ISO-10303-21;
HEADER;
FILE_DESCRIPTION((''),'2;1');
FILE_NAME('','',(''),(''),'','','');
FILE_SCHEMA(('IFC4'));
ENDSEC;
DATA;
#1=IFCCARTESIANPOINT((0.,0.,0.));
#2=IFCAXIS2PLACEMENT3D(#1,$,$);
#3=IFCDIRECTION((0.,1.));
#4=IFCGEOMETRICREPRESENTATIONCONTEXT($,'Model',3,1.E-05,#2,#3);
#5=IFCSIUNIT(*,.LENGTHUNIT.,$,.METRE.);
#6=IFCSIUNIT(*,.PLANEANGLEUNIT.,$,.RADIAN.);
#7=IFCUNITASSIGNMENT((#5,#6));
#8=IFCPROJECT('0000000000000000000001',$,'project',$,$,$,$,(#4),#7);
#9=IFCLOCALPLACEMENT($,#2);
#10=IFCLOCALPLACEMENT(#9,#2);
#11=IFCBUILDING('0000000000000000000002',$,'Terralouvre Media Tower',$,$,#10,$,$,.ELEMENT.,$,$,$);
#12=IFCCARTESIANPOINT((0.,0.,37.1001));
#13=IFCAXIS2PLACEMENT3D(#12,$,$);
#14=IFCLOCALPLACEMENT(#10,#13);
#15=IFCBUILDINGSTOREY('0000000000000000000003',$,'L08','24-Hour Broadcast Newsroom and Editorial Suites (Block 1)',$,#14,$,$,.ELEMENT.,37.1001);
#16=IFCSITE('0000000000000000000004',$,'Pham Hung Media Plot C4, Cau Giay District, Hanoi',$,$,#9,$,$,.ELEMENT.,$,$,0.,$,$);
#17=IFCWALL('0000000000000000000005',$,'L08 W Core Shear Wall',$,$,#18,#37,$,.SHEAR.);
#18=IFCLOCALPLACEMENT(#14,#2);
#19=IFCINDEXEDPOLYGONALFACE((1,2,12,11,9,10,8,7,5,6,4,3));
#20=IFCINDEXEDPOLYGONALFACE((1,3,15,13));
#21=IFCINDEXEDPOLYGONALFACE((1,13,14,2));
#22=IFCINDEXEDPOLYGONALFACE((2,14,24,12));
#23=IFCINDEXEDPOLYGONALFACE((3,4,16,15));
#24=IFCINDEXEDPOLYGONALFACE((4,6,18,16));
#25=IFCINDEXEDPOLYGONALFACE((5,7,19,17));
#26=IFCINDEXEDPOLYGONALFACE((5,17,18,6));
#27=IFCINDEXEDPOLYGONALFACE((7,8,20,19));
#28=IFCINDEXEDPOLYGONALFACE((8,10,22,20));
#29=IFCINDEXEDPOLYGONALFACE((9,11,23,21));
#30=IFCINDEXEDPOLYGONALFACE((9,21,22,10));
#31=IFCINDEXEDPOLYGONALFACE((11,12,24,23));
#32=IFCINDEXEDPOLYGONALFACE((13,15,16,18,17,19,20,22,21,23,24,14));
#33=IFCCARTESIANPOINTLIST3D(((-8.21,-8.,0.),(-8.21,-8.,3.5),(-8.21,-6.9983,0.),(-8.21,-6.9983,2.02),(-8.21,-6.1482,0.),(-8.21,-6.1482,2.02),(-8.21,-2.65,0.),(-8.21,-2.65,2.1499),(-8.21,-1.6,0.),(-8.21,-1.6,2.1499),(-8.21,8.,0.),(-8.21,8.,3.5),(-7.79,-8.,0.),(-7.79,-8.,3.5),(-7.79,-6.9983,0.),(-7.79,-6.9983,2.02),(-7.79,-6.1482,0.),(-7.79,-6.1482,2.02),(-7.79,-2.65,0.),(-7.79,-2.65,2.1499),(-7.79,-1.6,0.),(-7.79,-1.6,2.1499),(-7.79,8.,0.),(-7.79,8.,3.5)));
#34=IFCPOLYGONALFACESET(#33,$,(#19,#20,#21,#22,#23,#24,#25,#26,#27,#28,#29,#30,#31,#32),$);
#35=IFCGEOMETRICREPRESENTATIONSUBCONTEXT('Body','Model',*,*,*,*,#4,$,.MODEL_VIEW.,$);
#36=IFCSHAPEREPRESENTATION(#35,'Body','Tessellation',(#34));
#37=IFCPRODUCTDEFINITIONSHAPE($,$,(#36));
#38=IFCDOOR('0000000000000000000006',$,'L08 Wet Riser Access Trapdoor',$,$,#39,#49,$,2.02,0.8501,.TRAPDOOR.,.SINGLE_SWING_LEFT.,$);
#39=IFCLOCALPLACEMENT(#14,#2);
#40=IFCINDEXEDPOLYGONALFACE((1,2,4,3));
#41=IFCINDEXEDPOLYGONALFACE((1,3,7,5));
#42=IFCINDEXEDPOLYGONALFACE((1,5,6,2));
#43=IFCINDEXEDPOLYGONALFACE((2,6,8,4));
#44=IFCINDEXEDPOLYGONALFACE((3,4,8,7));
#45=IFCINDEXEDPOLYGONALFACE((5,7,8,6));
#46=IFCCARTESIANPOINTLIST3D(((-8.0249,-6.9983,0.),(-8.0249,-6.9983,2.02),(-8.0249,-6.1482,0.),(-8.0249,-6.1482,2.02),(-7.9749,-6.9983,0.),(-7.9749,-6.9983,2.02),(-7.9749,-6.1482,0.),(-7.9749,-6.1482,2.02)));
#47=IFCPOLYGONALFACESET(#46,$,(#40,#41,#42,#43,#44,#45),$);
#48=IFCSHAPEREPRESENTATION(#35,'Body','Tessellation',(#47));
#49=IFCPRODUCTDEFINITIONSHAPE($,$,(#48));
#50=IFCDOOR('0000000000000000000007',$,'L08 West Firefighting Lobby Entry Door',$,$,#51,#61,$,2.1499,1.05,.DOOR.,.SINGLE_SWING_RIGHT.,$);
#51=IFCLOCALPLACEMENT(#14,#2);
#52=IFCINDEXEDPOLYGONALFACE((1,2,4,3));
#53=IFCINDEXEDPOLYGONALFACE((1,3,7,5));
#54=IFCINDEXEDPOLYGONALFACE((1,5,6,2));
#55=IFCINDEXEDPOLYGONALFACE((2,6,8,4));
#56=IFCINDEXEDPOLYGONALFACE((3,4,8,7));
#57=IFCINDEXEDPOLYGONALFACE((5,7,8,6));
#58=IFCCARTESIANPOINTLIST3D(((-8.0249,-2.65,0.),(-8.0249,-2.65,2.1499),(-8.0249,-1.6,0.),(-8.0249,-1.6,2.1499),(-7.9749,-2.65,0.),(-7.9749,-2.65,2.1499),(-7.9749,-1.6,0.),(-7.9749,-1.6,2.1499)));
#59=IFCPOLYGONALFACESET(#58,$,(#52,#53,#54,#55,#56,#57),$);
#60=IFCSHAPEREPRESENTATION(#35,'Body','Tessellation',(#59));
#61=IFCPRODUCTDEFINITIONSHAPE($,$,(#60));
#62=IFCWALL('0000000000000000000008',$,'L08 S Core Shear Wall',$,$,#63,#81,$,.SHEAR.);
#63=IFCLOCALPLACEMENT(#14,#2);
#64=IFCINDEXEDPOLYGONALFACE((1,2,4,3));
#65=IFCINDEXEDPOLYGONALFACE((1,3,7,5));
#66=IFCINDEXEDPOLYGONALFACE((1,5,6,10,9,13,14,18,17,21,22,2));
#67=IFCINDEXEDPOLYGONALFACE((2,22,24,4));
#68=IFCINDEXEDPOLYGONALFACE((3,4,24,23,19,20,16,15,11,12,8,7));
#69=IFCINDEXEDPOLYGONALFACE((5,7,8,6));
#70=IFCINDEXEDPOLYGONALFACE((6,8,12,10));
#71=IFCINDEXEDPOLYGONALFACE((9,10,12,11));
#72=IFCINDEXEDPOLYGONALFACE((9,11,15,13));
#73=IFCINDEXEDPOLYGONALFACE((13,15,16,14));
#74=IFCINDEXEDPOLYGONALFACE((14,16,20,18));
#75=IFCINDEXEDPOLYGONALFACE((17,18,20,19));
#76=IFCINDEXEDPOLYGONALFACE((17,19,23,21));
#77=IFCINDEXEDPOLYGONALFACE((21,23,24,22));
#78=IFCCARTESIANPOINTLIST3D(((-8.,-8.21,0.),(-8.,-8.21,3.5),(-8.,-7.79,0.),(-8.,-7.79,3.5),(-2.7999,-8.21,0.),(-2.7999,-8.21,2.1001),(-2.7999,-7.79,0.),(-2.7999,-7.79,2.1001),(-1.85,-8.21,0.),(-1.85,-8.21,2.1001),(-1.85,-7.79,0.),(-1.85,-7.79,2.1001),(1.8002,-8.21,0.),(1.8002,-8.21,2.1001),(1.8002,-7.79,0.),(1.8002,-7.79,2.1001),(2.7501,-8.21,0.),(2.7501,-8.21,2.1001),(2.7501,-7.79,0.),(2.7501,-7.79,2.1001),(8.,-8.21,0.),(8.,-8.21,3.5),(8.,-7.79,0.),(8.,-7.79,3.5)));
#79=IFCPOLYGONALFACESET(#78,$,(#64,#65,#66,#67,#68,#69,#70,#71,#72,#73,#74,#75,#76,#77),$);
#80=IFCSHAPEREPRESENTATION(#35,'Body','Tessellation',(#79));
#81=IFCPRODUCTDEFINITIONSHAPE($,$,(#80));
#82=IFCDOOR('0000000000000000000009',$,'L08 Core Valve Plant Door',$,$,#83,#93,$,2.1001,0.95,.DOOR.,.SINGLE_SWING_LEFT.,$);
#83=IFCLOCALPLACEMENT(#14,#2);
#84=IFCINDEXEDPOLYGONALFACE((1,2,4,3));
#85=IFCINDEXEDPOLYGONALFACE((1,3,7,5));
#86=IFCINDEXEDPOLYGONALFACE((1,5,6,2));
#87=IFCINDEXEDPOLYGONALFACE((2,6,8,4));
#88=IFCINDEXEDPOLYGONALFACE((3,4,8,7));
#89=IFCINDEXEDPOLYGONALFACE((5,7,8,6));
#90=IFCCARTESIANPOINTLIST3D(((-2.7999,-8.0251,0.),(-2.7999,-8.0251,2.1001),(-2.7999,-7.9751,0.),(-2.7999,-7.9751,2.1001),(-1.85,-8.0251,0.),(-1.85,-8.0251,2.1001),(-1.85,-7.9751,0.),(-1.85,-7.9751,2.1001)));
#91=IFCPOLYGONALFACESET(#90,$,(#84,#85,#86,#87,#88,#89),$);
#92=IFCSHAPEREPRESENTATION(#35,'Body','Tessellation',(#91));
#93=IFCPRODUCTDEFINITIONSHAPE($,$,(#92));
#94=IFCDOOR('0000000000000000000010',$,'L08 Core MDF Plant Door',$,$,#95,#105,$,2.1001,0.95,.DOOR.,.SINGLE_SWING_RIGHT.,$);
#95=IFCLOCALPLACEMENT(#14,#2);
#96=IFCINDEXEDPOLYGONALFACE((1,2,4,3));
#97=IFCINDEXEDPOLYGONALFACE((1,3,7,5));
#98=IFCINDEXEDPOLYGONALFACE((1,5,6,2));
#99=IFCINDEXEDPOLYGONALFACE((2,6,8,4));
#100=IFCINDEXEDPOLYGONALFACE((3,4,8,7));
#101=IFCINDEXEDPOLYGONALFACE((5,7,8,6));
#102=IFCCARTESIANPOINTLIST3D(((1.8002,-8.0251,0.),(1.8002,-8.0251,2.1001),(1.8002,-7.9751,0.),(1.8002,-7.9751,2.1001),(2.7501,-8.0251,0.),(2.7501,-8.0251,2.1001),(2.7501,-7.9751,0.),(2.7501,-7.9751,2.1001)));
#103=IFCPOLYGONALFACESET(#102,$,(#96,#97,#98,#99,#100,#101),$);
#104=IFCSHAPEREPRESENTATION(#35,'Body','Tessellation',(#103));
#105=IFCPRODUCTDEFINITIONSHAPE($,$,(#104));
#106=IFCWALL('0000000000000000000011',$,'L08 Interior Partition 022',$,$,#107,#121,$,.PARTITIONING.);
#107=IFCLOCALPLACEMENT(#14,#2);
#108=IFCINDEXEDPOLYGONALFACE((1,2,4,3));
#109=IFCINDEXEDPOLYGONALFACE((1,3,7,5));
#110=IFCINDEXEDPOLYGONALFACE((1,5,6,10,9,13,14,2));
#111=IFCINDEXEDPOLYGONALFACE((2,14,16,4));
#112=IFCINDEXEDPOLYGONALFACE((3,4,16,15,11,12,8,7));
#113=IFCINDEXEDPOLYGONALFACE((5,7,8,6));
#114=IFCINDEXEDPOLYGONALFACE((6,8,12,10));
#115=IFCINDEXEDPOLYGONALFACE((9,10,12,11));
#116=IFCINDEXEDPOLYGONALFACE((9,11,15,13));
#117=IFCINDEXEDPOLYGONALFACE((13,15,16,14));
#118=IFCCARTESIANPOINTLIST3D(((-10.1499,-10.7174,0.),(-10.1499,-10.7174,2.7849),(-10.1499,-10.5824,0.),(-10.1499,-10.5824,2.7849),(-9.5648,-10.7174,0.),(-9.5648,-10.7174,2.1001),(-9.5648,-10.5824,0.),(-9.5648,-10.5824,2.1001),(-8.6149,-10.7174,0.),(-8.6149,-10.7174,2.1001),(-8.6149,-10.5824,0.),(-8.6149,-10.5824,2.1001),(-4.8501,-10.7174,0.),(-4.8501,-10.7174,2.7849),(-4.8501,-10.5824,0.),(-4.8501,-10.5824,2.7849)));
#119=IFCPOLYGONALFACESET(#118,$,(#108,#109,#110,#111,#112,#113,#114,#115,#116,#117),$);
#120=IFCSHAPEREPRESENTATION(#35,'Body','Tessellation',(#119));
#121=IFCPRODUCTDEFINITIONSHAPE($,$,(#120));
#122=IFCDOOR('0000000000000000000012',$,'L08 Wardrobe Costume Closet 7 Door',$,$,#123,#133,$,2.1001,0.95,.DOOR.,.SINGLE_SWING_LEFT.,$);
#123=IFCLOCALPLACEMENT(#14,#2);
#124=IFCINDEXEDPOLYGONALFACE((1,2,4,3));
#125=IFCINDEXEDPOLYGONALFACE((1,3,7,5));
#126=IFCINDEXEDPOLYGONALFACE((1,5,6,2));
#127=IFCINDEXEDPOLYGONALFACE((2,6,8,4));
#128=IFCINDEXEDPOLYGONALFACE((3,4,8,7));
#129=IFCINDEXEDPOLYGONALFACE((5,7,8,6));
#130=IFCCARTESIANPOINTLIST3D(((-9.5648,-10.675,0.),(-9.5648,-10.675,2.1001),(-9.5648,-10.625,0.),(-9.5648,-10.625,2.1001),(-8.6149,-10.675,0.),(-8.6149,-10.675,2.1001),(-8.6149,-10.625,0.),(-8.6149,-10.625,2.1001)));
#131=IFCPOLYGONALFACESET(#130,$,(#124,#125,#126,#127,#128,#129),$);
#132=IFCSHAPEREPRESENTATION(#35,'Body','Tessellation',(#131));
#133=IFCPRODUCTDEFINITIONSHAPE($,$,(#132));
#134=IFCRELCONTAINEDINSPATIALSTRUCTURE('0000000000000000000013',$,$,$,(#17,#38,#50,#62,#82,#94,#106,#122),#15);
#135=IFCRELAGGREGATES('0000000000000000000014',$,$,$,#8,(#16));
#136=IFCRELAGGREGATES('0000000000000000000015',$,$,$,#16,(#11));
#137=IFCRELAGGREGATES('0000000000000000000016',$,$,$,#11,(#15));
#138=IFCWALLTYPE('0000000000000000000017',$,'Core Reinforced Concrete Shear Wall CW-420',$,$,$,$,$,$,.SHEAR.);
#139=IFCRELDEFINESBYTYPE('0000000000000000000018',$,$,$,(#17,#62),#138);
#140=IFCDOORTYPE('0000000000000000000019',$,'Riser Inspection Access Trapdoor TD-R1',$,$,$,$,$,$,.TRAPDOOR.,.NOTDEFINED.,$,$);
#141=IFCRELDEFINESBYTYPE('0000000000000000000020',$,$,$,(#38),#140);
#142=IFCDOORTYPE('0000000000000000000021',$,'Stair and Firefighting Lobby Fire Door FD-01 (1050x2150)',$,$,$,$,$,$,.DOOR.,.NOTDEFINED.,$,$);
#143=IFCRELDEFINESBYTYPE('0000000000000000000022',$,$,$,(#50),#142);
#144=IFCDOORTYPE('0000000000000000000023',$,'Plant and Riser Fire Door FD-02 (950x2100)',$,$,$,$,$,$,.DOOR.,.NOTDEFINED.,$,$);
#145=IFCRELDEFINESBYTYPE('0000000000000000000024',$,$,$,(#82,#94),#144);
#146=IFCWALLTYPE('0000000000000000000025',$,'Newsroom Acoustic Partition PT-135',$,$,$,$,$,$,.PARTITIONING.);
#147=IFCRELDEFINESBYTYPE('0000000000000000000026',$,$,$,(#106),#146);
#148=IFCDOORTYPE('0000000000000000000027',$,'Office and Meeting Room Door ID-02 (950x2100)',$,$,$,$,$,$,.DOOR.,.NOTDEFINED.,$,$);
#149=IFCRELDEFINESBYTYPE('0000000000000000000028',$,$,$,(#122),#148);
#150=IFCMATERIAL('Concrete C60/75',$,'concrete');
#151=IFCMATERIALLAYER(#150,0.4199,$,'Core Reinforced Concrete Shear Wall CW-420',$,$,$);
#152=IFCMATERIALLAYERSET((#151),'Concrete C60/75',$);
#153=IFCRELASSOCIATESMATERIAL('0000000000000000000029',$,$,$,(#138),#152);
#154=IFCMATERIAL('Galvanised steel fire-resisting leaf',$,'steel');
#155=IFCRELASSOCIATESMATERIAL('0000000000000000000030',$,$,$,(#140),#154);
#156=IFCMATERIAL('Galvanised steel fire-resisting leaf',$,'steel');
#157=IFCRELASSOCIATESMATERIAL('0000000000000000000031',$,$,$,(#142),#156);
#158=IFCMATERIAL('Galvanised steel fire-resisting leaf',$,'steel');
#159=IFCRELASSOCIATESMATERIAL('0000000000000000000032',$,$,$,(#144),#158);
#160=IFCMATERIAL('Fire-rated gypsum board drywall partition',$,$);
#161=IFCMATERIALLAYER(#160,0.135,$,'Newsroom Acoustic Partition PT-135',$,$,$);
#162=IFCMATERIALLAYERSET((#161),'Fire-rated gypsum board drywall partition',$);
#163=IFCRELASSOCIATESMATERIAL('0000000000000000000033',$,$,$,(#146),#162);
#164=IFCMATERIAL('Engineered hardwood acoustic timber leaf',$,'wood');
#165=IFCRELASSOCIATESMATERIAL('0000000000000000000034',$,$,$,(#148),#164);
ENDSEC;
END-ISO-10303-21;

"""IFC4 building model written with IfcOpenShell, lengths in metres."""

from ifc_helpers import new_model, si_unit, direction, frame, frame_2d, origin, place, context, subcontext, project, spatial, rectangle, extrude, material, layer, layer_set, type_object, element, fill, save


model = new_model("IFC4")

# Units and contexts
model_context = context("Model", 3, precision=1e-05, world=origin(), true_north=direction((0.0, 1.0)))
body_context = subcontext(model_context, "Body", "Model", "MODEL_VIEW")
ifc_project = project(units=[si_unit("LENGTHUNIT", "METRE"), si_unit("PLANEANGLEUNIT", "RADIAN")], contexts=[model_context])

# Site, building, storey
site_placement = place(None, origin())
site = spatial("IfcSite", under=ifc_project, at=site_placement, Name="Pham Hung Media Plot C4, Cau Giay District, Hanoi", CompositionType="ELEMENT", RefElevation=0.0)
building_placement = place(site_placement, origin())
building = spatial("IfcBuilding", under=site, at=building_placement, Name="Terralouvre Media Tower", CompositionType="ELEMENT")
storey_placement = place(building_placement, frame((0.0, 0.0, 37.1001)))
storey = spatial("IfcBuildingStorey", under=building, at=storey_placement, Name="L08", Description="24-Hour Broadcast Newsroom and Editorial Suites (Block 1)", CompositionType="ELEMENT", Elevation=37.1001)

# Walls, openings, doors
ifc_material_1 = material(Name="Concrete C60/75", Category="concrete")
ifc_layer_1 = layer(ifc_material_1, 0.4199, Name="Core Reinforced Concrete Shear Wall CW-420")
ifc_layer_set_1 = layer_set([ifc_layer_1], Name="Concrete C60/75")
wall_type_1 = type_object("IfcWallType", Name="Core Reinforced Concrete Shear Wall CW-420", PredefinedType="SHEAR", material=ifc_layer_set_1)
wall_1_placement = place(storey_placement, frame((-8.0, -8.0, 0.0), z_axis=(0.0, 0.0, 1.0), x_axis=(0.0, 1.0, 0.0)))
wall_1 = element("IfcWall", 1, at=wall_1_placement, inside=storey, type_object=wall_type_1, Name="L08 W Core Shear Wall", PredefinedType="SHEAR", context=body_context, shape_type="SweptSolid", body=[
    extrude(rectangle(XDim=16.0, YDim=0.4199, at=frame_2d((8.0, 0.0))), origin(), (0.0, 0.0, 1.0), 3.5),
])
opening_1_placement = place(wall_1_placement, frame((1.0017, 0.0, 0.0)))
opening_1 = element("IfcOpeningElement", 2, at=opening_1_placement, cuts=wall_1, PredefinedType="OPENING", context=body_context, shape_type="SweptSolid", body=[
    extrude(rectangle(XDim=0.8501, YDim=2.02, at=frame_2d((0.425, 1.01))), frame((0.0, 0.22, 0.0), z_axis=(0.0, -1.0, 0.0), x_axis=(1.0, 0.0, 0.0)), (0.0, 0.0, 1.0), 0.4399),
])
opening_2_placement = place(wall_1_placement, frame((5.3501, 0.0, 0.0)))
opening_2 = element("IfcOpeningElement", 3, at=opening_2_placement, cuts=wall_1, PredefinedType="OPENING", context=body_context, shape_type="SweptSolid", body=[
    extrude(rectangle(XDim=1.05, YDim=2.1499, at=frame_2d((0.5249, 1.075))), frame((0.0, 0.22, 0.0), z_axis=(0.0, -1.0, 0.0), x_axis=(1.0, 0.0, 0.0)), (0.0, 0.0, 1.0), 0.4399),
])
ifc_material_2 = material(Name="Galvanised steel fire-resisting leaf", Category="steel")
door_type_1 = type_object("IfcDoorType", Name="Riser Inspection Access Trapdoor TD-R1", OperationType="NOTDEFINED", PredefinedType="TRAPDOOR", material=ifc_material_2)
door_1_placement = place(opening_1_placement, origin())
door_1 = element("IfcDoor", 4, at=door_1_placement, inside=storey, type_object=door_type_1, Name="L08 Wet Riser Access Trapdoor", OperationType="SINGLE_SWING_LEFT", OverallHeight=2.02, OverallWidth=0.8501, PredefinedType="TRAPDOOR", context=body_context, shape_type="SweptSolid", body=[
    extrude(rectangle(XDim=0.8501, YDim=2.02, at=frame_2d((0.425, 1.01))), frame((0.0, 0.0249, 0.0), z_axis=(0.0, -1.0, 0.0), x_axis=(1.0, 0.0, 0.0)), (0.0, 0.0, 1.0), 0.05),
])
fill(opening_1, door_1)
ifc_material_3 = material(Name="Galvanised steel fire-resisting leaf", Category="steel")
door_type_2 = type_object("IfcDoorType", Name="Stair and Firefighting Lobby Fire Door FD-01 (1050x2150)", OperationType="NOTDEFINED", PredefinedType="DOOR", material=ifc_material_3)
door_2_placement = place(opening_2_placement, origin())
door_2 = element("IfcDoor", 5, at=door_2_placement, inside=storey, type_object=door_type_2, Name="L08 West Firefighting Lobby Entry Door", OperationType="SINGLE_SWING_RIGHT", OverallHeight=2.1499, OverallWidth=1.05, PredefinedType="DOOR", context=body_context, shape_type="SweptSolid", body=[
    extrude(rectangle(XDim=1.05, YDim=2.1499, at=frame_2d((0.5249, 1.075))), frame((0.0, 0.0249, 0.0), z_axis=(0.0, -1.0, 0.0), x_axis=(1.0, 0.0, 0.0)), (0.0, 0.0, 1.0), 0.05),
])
fill(opening_2, door_2)
wall_2_placement = place(storey_placement, frame((-8.0, -8.0, 0.0), z_axis=(0.0, 0.0, 1.0), x_axis=(1.0, 0.0, 0.0)))
wall_2 = element("IfcWall", 6, at=wall_2_placement, inside=storey, type_object=wall_type_1, Name="L08 S Core Shear Wall", PredefinedType="SHEAR", context=body_context, shape_type="SweptSolid", body=[
    extrude(rectangle(XDim=16.0, YDim=0.4199, at=frame_2d((8.0, 0.0))), origin(), (0.0, 0.0, 1.0), 3.5),
])
opening_3_placement = place(wall_2_placement, frame((5.2, 0.0, 0.0)))
opening_3 = element("IfcOpeningElement", 7, at=opening_3_placement, cuts=wall_2, PredefinedType="OPENING", context=body_context, shape_type="SweptSolid", body=[
    extrude(rectangle(XDim=0.95, YDim=2.1001, at=frame_2d((0.4751, 1.05))), frame((0.0, 0.22, 0.0), z_axis=(0.0, -1.0, 0.0), x_axis=(1.0, 0.0, 0.0)), (0.0, 0.0, 1.0), 0.4399),
])
opening_4_placement = place(wall_2_placement, frame((9.8, 0.0, 0.0)))
opening_4 = element("IfcOpeningElement", 8, at=opening_4_placement, cuts=wall_2, PredefinedType="OPENING", context=body_context, shape_type="SweptSolid", body=[
    extrude(rectangle(XDim=0.95, YDim=2.1001, at=frame_2d((0.4751, 1.05))), frame((0.0, 0.22, 0.0), z_axis=(0.0, -1.0, 0.0), x_axis=(1.0, 0.0, 0.0)), (0.0, 0.0, 1.0), 0.4399),
])
ifc_material_4 = material(Name="Galvanised steel fire-resisting leaf", Category="steel")
door_type_3 = type_object("IfcDoorType", Name="Plant and Riser Fire Door FD-02 (950x2100)", OperationType="NOTDEFINED", PredefinedType="DOOR", material=ifc_material_4)
door_3_placement = place(opening_3_placement, origin())
door_3 = element("IfcDoor", 9, at=door_3_placement, inside=storey, type_object=door_type_3, Name="L08 Core Valve Plant Door", OperationType="SINGLE_SWING_LEFT", OverallHeight=2.1001, OverallWidth=0.95, PredefinedType="DOOR", context=body_context, shape_type="SweptSolid", body=[
    extrude(rectangle(XDim=0.95, YDim=2.1001, at=frame_2d((0.4751, 1.05))), frame((0.0, 0.0249, 0.0), z_axis=(0.0, -1.0, 0.0), x_axis=(1.0, 0.0, 0.0)), (0.0, 0.0, 1.0), 0.05),
])
fill(opening_3, door_3)
door_4_placement = place(opening_4_placement, origin())
door_4 = element("IfcDoor", 10, at=door_4_placement, inside=storey, type_object=door_type_3, Name="L08 Core MDF Plant Door", OperationType="SINGLE_SWING_RIGHT", OverallHeight=2.1001, OverallWidth=0.95, PredefinedType="DOOR", context=body_context, shape_type="SweptSolid", body=[
    extrude(rectangle(XDim=0.95, YDim=2.1001, at=frame_2d((0.4751, 1.05))), frame((0.0, 0.0249, 0.0), z_axis=(0.0, -1.0, 0.0), x_axis=(1.0, 0.0, 0.0)), (0.0, 0.0, 1.0), 0.05),
])
fill(opening_4, door_4)

# Wall, opening, door
ifc_material_5 = material(Name="Fire-rated gypsum board drywall partition")
ifc_layer_2 = layer(ifc_material_5, 0.135, Name="Newsroom Acoustic Partition PT-135")
ifc_layer_set_2 = layer_set([ifc_layer_2], Name="Fire-rated gypsum board drywall partition")
wall_type_2 = type_object("IfcWallType", Name="Newsroom Acoustic Partition PT-135", PredefinedType="PARTITIONING", material=ifc_layer_set_2)
wall_3_placement = place(storey_placement, frame((-10.1499, -10.6499, 0.0), z_axis=(0.0, 0.0, 1.0), x_axis=(1.0, 0.0, 0.0)))
wall_3 = element("IfcWall", 11, at=wall_3_placement, inside=storey, type_object=wall_type_2, Name="L08 Interior Partition 022", PredefinedType="PARTITIONING", context=body_context, shape_type="SweptSolid", body=[
    extrude(rectangle(XDim=5.2998, YDim=0.135, at=frame_2d((2.6499, 0.0))), origin(), (0.0, 0.0, 1.0), 2.7849),
])
opening_5_placement = place(wall_3_placement, frame((0.585, 0.0, 0.0)))
opening_5 = element("IfcOpeningElement", 12, at=opening_5_placement, cuts=wall_3, PredefinedType="OPENING", context=body_context, shape_type="SweptSolid", body=[
    extrude(rectangle(XDim=0.95, YDim=2.1001, at=frame_2d((0.4751, 1.05))), frame((0.0, 0.0774, 0.0), z_axis=(0.0, -1.0, 0.0), x_axis=(1.0, 0.0, 0.0)), (0.0, 0.0, 1.0), 0.155),
])
ifc_material_6 = material(Name="Engineered hardwood acoustic timber leaf", Category="wood")
door_type_4 = type_object("IfcDoorType", Name="Office and Meeting Room Door ID-02 (950x2100)", OperationType="NOTDEFINED", PredefinedType="DOOR", material=ifc_material_6)
door_5_placement = place(opening_5_placement, origin())
door_5 = element("IfcDoor", 13, at=door_5_placement, inside=storey, type_object=door_type_4, Name="L08 Wardrobe Costume Closet 7 Door", OperationType="SINGLE_SWING_LEFT", OverallHeight=2.1001, OverallWidth=0.95, PredefinedType="DOOR", context=body_context, shape_type="SweptSolid", body=[
    extrude(rectangle(XDim=0.95, YDim=2.1001, at=frame_2d((0.4751, 1.05))), frame((0.0, 0.0249, 0.0), z_axis=(0.0, -1.0, 0.0), x_axis=(1.0, 0.0, 0.0)), (0.0, 0.0, 1.0), 0.05),
])
fill(opening_5, door_5)

save(model, "model.ifc")
